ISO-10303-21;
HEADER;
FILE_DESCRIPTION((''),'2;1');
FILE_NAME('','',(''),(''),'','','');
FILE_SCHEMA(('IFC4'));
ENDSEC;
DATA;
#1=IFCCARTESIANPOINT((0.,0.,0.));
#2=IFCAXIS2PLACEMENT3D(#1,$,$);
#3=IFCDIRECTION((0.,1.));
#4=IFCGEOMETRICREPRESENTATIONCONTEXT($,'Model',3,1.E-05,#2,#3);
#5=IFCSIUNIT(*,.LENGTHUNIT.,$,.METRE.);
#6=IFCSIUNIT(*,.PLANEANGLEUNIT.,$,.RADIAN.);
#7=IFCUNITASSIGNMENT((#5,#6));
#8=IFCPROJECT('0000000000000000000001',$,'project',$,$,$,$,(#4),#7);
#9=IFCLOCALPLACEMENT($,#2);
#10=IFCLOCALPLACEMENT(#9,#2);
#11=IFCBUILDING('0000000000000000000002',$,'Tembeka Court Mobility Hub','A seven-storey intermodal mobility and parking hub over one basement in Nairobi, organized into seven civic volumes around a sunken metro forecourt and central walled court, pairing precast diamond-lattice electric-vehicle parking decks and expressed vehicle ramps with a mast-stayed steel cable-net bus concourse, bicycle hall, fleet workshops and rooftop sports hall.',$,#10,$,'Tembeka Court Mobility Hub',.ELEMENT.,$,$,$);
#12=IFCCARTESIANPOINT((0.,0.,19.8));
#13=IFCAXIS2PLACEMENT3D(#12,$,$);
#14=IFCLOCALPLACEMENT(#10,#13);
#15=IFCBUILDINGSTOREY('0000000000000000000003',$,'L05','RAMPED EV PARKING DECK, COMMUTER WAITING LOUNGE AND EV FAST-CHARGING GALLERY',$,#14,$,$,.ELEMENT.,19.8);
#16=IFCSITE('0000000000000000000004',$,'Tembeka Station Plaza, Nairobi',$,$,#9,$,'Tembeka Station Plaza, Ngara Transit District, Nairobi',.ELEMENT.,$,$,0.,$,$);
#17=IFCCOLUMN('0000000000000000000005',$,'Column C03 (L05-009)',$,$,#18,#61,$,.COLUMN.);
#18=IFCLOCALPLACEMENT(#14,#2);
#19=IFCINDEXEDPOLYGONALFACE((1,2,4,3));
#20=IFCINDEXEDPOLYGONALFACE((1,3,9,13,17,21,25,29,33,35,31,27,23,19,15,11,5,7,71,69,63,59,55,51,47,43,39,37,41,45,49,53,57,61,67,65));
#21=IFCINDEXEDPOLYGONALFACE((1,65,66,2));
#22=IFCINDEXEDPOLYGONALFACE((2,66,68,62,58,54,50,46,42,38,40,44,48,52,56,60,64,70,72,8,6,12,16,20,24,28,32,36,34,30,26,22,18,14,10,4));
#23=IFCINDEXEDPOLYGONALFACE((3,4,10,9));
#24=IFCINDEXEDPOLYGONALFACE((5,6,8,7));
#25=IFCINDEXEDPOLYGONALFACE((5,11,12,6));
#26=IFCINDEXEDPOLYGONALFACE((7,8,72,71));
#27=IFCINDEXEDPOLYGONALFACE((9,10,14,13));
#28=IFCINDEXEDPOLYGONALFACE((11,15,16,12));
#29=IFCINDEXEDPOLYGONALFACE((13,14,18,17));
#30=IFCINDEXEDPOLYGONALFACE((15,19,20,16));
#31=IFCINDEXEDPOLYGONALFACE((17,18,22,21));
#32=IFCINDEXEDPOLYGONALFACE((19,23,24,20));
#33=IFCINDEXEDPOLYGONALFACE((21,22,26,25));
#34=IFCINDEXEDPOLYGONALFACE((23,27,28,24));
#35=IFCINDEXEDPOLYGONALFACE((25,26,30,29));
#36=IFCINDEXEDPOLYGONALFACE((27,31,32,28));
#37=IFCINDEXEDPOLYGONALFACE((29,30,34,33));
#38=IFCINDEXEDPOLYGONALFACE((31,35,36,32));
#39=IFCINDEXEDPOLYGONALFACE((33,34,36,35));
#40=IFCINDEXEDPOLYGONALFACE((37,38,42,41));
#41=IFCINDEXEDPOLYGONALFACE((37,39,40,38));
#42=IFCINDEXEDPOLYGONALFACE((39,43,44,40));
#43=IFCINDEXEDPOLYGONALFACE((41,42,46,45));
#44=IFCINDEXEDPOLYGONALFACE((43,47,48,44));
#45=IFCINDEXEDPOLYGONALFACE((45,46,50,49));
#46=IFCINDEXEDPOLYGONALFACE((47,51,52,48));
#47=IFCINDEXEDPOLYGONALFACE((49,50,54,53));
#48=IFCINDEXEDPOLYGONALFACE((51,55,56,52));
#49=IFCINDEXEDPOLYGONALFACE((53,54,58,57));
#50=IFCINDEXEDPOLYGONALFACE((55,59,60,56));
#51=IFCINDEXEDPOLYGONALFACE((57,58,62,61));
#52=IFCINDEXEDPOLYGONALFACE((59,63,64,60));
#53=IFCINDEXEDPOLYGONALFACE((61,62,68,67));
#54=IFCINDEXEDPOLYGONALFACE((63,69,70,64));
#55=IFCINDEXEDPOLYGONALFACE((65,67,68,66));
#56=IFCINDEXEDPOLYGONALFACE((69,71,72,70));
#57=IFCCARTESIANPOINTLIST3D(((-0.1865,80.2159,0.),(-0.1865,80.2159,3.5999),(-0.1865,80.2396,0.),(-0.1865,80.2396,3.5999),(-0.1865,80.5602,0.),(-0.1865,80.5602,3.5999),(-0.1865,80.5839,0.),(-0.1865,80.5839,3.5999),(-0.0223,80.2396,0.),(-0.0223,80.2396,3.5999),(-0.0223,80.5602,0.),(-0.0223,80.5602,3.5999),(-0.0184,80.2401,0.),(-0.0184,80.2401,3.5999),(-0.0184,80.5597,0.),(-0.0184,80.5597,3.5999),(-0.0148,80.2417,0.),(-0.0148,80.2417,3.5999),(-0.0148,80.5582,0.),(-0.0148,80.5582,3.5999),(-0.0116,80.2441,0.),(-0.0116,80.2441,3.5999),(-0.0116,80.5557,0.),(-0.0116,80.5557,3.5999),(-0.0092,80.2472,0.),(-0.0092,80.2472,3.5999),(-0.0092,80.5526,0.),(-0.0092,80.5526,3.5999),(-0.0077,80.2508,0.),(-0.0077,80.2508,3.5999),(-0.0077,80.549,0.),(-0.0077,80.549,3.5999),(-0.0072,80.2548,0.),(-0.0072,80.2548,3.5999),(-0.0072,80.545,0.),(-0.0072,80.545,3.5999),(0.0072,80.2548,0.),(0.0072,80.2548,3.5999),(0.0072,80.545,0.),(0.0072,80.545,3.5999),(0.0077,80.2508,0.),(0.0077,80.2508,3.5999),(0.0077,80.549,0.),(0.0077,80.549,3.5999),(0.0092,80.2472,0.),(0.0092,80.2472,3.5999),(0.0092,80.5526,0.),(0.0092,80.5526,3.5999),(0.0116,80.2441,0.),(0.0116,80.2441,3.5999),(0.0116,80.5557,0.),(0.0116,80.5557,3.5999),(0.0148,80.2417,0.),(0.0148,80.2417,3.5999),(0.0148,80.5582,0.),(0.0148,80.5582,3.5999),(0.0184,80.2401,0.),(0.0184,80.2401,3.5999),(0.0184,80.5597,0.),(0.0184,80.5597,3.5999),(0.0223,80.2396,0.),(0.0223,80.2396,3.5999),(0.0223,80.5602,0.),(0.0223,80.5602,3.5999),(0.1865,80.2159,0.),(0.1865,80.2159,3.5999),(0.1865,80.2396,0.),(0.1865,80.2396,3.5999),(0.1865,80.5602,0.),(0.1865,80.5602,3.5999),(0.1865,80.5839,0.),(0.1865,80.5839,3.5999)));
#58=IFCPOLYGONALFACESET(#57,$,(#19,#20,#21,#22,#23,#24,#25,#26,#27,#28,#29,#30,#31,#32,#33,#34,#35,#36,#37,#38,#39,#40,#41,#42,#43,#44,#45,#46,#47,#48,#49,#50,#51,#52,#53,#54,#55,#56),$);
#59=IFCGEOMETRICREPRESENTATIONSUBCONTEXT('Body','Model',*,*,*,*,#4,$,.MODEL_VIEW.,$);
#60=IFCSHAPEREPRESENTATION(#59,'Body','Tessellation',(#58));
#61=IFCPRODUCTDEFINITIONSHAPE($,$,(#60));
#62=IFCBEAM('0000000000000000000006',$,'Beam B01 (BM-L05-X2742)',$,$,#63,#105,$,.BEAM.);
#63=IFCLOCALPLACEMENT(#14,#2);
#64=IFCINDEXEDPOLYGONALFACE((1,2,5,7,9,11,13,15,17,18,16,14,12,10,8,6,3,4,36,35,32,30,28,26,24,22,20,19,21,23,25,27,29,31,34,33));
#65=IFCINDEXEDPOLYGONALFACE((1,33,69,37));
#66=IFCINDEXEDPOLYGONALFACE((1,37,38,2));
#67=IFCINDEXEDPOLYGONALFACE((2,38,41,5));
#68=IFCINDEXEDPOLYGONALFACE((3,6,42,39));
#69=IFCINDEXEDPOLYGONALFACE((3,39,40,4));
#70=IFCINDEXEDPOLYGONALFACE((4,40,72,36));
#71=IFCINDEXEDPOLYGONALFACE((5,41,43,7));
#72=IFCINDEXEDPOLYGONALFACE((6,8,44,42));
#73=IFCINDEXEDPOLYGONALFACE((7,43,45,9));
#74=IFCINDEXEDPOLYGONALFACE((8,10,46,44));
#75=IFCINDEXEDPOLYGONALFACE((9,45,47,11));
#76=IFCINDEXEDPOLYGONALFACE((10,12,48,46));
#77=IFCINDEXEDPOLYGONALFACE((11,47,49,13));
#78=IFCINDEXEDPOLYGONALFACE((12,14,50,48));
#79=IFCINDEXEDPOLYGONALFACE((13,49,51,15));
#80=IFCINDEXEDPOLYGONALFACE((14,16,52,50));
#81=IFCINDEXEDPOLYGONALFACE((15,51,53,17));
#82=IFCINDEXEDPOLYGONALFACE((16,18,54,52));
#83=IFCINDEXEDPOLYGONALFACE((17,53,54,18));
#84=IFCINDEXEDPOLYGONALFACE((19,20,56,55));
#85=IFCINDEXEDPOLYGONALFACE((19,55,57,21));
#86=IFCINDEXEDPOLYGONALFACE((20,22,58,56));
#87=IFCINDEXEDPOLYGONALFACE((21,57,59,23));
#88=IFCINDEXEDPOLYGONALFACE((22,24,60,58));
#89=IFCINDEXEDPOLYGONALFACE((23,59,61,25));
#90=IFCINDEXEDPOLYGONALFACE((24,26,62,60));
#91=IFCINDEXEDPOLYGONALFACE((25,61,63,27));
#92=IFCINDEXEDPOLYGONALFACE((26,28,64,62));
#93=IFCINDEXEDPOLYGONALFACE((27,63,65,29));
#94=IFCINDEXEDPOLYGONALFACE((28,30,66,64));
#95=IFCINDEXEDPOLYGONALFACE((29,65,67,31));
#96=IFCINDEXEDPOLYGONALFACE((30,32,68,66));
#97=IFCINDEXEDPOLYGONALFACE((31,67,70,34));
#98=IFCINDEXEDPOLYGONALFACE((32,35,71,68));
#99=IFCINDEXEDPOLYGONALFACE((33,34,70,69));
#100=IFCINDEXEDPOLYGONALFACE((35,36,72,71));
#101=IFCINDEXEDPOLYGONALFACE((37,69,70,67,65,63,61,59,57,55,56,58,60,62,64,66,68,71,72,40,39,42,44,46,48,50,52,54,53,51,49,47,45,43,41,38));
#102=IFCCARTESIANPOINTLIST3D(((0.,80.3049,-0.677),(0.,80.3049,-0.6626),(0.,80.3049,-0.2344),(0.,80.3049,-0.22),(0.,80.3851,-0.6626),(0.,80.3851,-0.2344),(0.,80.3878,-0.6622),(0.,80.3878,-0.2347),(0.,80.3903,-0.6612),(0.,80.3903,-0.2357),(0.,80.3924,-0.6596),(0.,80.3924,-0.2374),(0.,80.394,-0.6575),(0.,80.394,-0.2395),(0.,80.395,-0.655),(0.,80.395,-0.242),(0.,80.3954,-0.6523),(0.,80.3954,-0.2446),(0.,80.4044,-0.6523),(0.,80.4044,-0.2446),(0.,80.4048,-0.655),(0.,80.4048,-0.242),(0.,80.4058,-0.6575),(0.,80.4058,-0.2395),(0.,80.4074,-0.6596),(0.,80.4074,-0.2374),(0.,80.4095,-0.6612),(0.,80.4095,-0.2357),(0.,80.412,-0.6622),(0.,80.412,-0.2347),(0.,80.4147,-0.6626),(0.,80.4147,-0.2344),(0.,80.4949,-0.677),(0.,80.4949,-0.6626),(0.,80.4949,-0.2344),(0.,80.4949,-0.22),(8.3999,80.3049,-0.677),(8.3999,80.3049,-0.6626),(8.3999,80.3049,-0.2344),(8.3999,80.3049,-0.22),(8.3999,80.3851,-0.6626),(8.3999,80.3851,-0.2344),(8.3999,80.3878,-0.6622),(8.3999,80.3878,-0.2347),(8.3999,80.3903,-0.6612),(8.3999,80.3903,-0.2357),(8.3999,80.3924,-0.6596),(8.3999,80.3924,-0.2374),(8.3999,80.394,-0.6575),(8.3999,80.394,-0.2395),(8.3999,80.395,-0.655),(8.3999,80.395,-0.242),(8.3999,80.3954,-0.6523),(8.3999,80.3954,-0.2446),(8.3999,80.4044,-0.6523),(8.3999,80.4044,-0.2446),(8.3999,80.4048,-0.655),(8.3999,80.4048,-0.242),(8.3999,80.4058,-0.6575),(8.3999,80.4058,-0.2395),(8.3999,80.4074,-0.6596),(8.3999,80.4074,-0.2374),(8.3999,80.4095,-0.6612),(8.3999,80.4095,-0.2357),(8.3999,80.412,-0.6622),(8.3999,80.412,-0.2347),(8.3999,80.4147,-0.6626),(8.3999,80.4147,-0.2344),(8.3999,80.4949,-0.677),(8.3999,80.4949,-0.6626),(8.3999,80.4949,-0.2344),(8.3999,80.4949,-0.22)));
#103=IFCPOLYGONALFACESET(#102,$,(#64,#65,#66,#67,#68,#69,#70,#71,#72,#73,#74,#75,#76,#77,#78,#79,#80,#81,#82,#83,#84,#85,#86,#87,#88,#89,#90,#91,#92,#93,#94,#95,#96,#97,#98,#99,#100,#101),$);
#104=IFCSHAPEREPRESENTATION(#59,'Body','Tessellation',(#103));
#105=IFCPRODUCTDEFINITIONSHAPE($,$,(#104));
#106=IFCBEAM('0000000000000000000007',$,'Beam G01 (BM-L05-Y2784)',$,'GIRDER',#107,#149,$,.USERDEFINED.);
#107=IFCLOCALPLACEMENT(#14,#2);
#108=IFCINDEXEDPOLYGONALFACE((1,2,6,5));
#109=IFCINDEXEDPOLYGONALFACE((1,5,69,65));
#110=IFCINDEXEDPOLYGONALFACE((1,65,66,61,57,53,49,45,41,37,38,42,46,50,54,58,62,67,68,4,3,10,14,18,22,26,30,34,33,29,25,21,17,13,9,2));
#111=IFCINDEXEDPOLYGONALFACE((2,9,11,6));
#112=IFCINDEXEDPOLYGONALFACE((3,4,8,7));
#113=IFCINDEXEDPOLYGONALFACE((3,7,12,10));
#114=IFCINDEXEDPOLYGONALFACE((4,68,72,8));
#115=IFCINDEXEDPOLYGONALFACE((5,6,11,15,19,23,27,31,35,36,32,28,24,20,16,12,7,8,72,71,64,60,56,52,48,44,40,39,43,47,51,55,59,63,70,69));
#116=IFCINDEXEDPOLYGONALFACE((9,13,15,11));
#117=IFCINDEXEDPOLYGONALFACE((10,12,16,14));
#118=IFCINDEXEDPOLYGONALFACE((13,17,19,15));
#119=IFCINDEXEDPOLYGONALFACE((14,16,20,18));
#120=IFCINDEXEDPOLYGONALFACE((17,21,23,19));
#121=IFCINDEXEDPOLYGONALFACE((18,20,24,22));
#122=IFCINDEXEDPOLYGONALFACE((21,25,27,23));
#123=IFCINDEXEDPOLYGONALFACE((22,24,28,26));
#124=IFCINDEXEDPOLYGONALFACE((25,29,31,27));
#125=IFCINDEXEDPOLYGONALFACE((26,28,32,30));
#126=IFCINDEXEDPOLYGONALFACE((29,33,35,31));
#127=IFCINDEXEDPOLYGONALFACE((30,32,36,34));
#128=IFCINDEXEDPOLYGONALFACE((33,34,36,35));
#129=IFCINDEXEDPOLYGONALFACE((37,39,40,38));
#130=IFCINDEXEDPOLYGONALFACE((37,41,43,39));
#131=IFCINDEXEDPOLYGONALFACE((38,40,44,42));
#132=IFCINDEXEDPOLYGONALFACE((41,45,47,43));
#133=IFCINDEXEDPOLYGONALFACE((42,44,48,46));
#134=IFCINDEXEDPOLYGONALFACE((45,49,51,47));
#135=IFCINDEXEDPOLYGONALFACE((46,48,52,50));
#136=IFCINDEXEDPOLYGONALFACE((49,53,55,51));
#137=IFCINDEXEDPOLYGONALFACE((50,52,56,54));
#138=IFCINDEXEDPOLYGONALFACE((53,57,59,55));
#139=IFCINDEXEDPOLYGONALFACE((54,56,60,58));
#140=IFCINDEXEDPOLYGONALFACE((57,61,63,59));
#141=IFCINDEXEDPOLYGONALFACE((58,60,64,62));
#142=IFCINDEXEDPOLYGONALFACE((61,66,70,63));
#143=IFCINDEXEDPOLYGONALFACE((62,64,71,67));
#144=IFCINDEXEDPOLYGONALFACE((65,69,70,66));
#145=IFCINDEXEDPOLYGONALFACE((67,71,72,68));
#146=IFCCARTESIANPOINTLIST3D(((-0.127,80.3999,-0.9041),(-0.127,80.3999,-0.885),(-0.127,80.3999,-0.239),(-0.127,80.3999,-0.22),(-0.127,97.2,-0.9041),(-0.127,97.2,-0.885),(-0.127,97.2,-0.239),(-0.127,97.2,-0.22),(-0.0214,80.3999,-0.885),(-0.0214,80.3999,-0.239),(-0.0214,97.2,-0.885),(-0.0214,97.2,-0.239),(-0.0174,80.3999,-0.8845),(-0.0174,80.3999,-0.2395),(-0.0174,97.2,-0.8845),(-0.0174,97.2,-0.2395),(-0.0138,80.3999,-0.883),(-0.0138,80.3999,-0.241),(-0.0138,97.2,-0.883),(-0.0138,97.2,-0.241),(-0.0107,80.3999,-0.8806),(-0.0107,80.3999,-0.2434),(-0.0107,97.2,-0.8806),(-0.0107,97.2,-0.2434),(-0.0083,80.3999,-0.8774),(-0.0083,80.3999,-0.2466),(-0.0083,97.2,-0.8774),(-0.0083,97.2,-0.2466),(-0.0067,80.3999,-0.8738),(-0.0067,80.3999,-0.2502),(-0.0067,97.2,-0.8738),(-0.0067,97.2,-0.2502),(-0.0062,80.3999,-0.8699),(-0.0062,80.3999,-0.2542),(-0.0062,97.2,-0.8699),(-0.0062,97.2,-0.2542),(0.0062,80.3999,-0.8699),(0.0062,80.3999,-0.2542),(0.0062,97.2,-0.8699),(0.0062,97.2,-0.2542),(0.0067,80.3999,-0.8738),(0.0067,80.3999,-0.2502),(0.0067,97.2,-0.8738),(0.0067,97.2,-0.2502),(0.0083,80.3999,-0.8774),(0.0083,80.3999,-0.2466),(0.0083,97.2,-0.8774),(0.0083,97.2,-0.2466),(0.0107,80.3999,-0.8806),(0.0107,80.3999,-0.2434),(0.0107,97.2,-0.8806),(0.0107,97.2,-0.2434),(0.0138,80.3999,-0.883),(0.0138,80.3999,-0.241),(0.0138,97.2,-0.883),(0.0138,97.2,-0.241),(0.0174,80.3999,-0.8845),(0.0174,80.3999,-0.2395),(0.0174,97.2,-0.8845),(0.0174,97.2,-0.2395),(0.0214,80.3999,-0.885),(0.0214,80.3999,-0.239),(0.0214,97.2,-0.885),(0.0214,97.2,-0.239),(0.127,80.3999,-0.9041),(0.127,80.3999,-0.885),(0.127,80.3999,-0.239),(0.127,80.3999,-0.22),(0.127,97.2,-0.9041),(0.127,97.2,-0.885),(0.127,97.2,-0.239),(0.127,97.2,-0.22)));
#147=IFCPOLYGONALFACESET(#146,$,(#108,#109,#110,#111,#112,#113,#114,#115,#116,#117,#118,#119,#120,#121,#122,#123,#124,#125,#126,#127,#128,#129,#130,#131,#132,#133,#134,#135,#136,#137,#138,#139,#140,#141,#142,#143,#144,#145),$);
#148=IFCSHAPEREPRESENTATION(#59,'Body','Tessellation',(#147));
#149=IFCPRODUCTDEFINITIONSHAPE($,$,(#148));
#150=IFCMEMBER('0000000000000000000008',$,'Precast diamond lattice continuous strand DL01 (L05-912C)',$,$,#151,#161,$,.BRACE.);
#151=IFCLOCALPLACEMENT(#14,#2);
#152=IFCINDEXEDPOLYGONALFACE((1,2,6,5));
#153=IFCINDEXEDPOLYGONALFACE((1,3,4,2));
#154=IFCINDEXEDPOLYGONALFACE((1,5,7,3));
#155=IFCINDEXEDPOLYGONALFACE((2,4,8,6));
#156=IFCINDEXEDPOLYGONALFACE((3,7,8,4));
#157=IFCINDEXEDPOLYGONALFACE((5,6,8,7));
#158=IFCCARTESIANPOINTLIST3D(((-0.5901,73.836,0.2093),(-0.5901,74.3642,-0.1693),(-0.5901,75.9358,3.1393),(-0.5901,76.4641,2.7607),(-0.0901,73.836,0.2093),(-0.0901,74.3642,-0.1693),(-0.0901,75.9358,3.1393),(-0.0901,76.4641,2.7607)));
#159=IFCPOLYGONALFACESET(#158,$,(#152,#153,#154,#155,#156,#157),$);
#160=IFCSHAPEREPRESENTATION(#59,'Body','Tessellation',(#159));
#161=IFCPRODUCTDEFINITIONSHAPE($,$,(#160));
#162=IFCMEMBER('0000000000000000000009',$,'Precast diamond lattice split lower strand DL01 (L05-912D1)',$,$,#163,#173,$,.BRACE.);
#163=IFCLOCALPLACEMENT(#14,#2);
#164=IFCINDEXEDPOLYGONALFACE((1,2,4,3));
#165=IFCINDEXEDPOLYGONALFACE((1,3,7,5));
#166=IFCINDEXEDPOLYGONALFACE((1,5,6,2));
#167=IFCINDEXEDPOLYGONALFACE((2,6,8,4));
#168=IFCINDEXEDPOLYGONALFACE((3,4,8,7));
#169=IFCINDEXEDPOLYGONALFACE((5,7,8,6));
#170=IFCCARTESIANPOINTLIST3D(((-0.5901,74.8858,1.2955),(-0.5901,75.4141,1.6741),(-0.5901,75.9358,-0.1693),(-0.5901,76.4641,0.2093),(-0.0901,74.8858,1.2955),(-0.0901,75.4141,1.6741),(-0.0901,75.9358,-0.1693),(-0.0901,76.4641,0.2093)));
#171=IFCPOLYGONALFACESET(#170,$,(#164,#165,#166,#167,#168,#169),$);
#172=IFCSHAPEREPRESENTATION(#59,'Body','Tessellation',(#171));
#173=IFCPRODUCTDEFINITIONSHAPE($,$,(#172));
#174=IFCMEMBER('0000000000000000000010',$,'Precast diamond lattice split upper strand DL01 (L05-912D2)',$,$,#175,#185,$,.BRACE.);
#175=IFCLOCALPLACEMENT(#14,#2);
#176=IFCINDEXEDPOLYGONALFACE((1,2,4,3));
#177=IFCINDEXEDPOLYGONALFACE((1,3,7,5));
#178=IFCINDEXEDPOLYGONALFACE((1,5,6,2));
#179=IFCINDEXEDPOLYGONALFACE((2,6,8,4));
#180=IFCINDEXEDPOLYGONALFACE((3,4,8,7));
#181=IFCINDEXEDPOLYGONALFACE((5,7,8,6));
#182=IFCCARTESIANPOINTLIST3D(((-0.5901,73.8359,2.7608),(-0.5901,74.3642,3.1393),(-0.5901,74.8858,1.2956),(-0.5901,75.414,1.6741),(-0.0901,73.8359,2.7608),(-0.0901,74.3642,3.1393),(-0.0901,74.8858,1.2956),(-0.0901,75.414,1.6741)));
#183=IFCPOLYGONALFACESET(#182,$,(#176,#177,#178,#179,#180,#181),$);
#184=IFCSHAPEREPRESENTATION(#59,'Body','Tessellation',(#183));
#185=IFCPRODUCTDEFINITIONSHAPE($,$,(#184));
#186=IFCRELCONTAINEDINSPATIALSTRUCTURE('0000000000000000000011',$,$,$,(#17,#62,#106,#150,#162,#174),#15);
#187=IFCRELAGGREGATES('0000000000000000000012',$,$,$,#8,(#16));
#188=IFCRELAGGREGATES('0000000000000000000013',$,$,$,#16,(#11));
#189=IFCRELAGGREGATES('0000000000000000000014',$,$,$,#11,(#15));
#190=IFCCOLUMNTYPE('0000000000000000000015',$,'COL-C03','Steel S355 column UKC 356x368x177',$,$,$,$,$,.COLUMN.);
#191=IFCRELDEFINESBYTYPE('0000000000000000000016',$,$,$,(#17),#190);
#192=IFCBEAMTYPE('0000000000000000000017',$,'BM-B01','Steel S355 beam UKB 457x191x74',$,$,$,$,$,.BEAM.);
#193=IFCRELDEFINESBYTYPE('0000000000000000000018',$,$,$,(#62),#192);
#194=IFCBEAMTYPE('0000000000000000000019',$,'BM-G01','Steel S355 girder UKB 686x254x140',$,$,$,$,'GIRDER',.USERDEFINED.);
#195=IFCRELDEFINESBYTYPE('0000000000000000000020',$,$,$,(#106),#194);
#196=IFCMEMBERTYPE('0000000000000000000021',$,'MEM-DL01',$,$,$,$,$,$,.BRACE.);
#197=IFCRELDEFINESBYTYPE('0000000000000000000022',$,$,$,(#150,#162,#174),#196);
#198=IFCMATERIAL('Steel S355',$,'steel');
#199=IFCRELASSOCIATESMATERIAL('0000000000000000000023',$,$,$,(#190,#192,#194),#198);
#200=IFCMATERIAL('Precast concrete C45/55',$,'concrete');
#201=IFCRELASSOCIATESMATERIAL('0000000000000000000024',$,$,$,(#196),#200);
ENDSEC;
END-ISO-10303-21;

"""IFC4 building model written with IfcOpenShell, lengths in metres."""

from ifc_helpers import new_model, si_unit, direction, frame, origin, origin_2d, place, context, subcontext, project, spatial, rectangle, i_section, extrude, material, material_profile, profile_set, type_object, element, save


model = new_model("IFC4")

# Units and contexts
model_context = context("Model", 3, precision=1e-05, world=origin(), true_north=direction((0.0, 1.0)))
body_context = subcontext(model_context, "Body", "Model", "MODEL_VIEW")
ifc_project = project(units=[si_unit("LENGTHUNIT", "METRE"), si_unit("PLANEANGLEUNIT", "RADIAN")], contexts=[model_context])

# Site, building, storey
site_placement = place(None, origin())
site = spatial("IfcSite", under=ifc_project, at=site_placement, Name="Tembeka Station Plaza, Nairobi", LongName="Tembeka Station Plaza, Ngara Transit District, Nairobi", CompositionType="ELEMENT", RefElevation=0.0)
building_placement = place(site_placement, origin())
building = spatial("IfcBuilding", under=site, at=building_placement, Name="Tembeka Court Mobility Hub", Description="A seven-storey intermodal mobility and parking hub over one basement in Nairobi, organized into seven civic volumes around a sunken metro forecourt and central walled court, pairing precast diamond-lattice electric-vehicle parking decks and expressed vehicle ramps with a mast-stayed steel cable-net bus concourse, bicycle hall, fleet workshops and rooftop sports hall.", LongName="Tembeka Court Mobility Hub", CompositionType="ELEMENT")
storey_placement = place(building_placement, frame((0.0, 0.0, 19.8)))
storey = spatial("IfcBuildingStorey", under=building, at=storey_placement, Name="L05", Description="RAMPED EV PARKING DECK, COMMUTER WAITING LOUNGE AND EV FAST-CHARGING GALLERY", CompositionType="ELEMENT", Elevation=19.8)

# Column
ifc_material_1 = material(Name="Steel S355", Category="steel")
ifc_material_profile_1 = material_profile(ifc_material_1, i_section(OverallWidth=0.373, OverallDepth=0.3679, WebThickness=0.0144, FlangeThickness=0.0237, FilletRadius=0.0151, at=origin_2d()), Name="UKC 356x368x177")
ifc_profile_set_1 = profile_set([ifc_material_profile_1], Name="Steel S355")
column_type = type_object("IfcColumnType", Name="COL-C03", Description="Steel S355 column UKC 356x368x177", PredefinedType="COLUMN", material=ifc_profile_set_1)
column_placement = place(storey_placement, frame((0.0, 80.3999, 0.0), z_axis=(0.0, 0.0, 1.0), x_axis=(1.0, 0.0, 0.0)))
element("IfcColumn", 1, at=column_placement, inside=storey, type_object=column_type, Name="Column C03 (L05-009)", PredefinedType="COLUMN", context=body_context, shape_type="SweptSolid", body=[
    extrude(i_section(OverallWidth=0.373, OverallDepth=0.3679, WebThickness=0.0144, FlangeThickness=0.0237, FilletRadius=0.0151, at=origin_2d()), origin(), (0.0, 0.0, 1.0), 3.5999),
])

# Beams
ifc_material_profile_2 = material_profile(ifc_material_1, i_section(OverallWidth=0.1899, OverallDepth=0.457, WebThickness=0.009, FlangeThickness=0.0144, FilletRadius=0.0103, at=origin_2d()), Name="UKB 457x191x74")
ifc_profile_set_2 = profile_set([ifc_material_profile_2], Name="Steel S355")
beam_type_1 = type_object("IfcBeamType", Name="BM-B01", Description="Steel S355 beam UKB 457x191x74", PredefinedType="BEAM", material=ifc_profile_set_2)
beam_1_placement = place(storey_placement, frame((0.0, 80.3999, -0.4485), z_axis=(1.0, 0.0, 0.0), x_axis=(0.0, 1.0, 0.0)))
element("IfcBeam", 2, at=beam_1_placement, inside=storey, type_object=beam_type_1, Name="Beam B01 (BM-L05-X2742)", PredefinedType="BEAM", context=body_context, shape_type="SweptSolid", body=[
    extrude(i_section(OverallWidth=0.1899, OverallDepth=0.457, WebThickness=0.009, FlangeThickness=0.0144, FilletRadius=0.0103, at=origin_2d()), origin(), (0.0, 0.0, 1.0), 8.3999),
])
ifc_material_profile_3 = material_profile(ifc_material_1, i_section(OverallWidth=0.2539, OverallDepth=0.6841, WebThickness=0.0125, FlangeThickness=0.019, FilletRadius=0.0151, at=origin_2d()), Name="UKB 686x254x140")
ifc_profile_set_3 = profile_set([ifc_material_profile_3], Name="Steel S355")
beam_type_2 = type_object("IfcBeamType", Name="BM-G01", Description="Steel S355 girder UKB 686x254x140", ElementType="GIRDER", PredefinedType="USERDEFINED", material=ifc_profile_set_3)
beam_2_placement = place(storey_placement, frame((0.0, 80.3999, -0.562), z_axis=(0.0, 1.0, 0.0), x_axis=(-1.0, 0.0, 0.0)))
element("IfcBeam", 3, at=beam_2_placement, inside=storey, type_object=beam_type_2, Name="Beam G01 (BM-L05-Y2784)", ObjectType="GIRDER", PredefinedType="USERDEFINED", context=body_context, shape_type="SweptSolid", body=[
    extrude(i_section(OverallWidth=0.2539, OverallDepth=0.6841, WebThickness=0.0125, FlangeThickness=0.019, FilletRadius=0.0151, at=origin_2d()), origin(), (0.0, 0.0, 1.0), 16.8),
])

# Members
ifc_material_2 = material(Name="Precast concrete C45/55", Category="concrete")
ifc_material_profile_4 = material_profile(ifc_material_2, rectangle(XDim=0.5, YDim=0.6499, at=origin_2d()), Name="PC-DIAG 500x650")
ifc_profile_set_4 = profile_set([ifc_material_profile_4], Name="Precast concrete C45/55")
member_type_1 = type_object("IfcMemberType", Name="MEM-DL01", PredefinedType="BRACE", material=ifc_profile_set_4)
member_1_placement = place(storey_placement, frame((-0.3401, 74.1001, 0.02), z_axis=(0.0, 0.582532, 0.812808), x_axis=(-1.0, 0.0, 0.0)))
element("IfcMember", 4, at=member_1_placement, inside=storey, type_object=member_type_1, Name="Precast diamond lattice continuous strand DL01 (L05-912C)", PredefinedType="BRACE", context=body_context, shape_type="SweptSolid", body=[
    extrude(rectangle(XDim=0.5, YDim=0.6499, at=origin_2d()), origin(), (0.0, 0.0, 1.0), 3.6047),
])
member_2_placement = place(storey_placement, frame((-0.3401, 76.2, 0.02), z_axis=(0.0, -0.582608, 0.812753), x_axis=(1.0, 0.0, 0.0)))
element("IfcMember", 5, at=member_2_placement, inside=storey, type_object=member_type_1, Name="Precast diamond lattice split lower strand DL01 (L05-912D1)", PredefinedType="BRACE", context=body_context, shape_type="SweptSolid", body=[
    extrude(rectangle(XDim=0.5, YDim=0.6499, at=origin_2d()), origin(), (0.0, 0.0, 1.0), 1.8022),
])
member_3_placement = place(storey_placement, frame((-0.3401, 75.1499, 1.4849), z_axis=(0.0, -0.582455, 0.812863), x_axis=(1.0, 0.0, 0.0)))
element("IfcMember", 6, at=member_3_placement, inside=storey, type_object=member_type_1, Name="Precast diamond lattice split upper strand DL01 (L05-912D2)", PredefinedType="BRACE", context=body_context, shape_type="SweptSolid", body=[
    extrude(rectangle(XDim=0.5, YDim=0.6499, at=origin_2d()), origin(), (0.0, 0.0, 1.0), 1.8025),
])

save(model, "model.ifc")
